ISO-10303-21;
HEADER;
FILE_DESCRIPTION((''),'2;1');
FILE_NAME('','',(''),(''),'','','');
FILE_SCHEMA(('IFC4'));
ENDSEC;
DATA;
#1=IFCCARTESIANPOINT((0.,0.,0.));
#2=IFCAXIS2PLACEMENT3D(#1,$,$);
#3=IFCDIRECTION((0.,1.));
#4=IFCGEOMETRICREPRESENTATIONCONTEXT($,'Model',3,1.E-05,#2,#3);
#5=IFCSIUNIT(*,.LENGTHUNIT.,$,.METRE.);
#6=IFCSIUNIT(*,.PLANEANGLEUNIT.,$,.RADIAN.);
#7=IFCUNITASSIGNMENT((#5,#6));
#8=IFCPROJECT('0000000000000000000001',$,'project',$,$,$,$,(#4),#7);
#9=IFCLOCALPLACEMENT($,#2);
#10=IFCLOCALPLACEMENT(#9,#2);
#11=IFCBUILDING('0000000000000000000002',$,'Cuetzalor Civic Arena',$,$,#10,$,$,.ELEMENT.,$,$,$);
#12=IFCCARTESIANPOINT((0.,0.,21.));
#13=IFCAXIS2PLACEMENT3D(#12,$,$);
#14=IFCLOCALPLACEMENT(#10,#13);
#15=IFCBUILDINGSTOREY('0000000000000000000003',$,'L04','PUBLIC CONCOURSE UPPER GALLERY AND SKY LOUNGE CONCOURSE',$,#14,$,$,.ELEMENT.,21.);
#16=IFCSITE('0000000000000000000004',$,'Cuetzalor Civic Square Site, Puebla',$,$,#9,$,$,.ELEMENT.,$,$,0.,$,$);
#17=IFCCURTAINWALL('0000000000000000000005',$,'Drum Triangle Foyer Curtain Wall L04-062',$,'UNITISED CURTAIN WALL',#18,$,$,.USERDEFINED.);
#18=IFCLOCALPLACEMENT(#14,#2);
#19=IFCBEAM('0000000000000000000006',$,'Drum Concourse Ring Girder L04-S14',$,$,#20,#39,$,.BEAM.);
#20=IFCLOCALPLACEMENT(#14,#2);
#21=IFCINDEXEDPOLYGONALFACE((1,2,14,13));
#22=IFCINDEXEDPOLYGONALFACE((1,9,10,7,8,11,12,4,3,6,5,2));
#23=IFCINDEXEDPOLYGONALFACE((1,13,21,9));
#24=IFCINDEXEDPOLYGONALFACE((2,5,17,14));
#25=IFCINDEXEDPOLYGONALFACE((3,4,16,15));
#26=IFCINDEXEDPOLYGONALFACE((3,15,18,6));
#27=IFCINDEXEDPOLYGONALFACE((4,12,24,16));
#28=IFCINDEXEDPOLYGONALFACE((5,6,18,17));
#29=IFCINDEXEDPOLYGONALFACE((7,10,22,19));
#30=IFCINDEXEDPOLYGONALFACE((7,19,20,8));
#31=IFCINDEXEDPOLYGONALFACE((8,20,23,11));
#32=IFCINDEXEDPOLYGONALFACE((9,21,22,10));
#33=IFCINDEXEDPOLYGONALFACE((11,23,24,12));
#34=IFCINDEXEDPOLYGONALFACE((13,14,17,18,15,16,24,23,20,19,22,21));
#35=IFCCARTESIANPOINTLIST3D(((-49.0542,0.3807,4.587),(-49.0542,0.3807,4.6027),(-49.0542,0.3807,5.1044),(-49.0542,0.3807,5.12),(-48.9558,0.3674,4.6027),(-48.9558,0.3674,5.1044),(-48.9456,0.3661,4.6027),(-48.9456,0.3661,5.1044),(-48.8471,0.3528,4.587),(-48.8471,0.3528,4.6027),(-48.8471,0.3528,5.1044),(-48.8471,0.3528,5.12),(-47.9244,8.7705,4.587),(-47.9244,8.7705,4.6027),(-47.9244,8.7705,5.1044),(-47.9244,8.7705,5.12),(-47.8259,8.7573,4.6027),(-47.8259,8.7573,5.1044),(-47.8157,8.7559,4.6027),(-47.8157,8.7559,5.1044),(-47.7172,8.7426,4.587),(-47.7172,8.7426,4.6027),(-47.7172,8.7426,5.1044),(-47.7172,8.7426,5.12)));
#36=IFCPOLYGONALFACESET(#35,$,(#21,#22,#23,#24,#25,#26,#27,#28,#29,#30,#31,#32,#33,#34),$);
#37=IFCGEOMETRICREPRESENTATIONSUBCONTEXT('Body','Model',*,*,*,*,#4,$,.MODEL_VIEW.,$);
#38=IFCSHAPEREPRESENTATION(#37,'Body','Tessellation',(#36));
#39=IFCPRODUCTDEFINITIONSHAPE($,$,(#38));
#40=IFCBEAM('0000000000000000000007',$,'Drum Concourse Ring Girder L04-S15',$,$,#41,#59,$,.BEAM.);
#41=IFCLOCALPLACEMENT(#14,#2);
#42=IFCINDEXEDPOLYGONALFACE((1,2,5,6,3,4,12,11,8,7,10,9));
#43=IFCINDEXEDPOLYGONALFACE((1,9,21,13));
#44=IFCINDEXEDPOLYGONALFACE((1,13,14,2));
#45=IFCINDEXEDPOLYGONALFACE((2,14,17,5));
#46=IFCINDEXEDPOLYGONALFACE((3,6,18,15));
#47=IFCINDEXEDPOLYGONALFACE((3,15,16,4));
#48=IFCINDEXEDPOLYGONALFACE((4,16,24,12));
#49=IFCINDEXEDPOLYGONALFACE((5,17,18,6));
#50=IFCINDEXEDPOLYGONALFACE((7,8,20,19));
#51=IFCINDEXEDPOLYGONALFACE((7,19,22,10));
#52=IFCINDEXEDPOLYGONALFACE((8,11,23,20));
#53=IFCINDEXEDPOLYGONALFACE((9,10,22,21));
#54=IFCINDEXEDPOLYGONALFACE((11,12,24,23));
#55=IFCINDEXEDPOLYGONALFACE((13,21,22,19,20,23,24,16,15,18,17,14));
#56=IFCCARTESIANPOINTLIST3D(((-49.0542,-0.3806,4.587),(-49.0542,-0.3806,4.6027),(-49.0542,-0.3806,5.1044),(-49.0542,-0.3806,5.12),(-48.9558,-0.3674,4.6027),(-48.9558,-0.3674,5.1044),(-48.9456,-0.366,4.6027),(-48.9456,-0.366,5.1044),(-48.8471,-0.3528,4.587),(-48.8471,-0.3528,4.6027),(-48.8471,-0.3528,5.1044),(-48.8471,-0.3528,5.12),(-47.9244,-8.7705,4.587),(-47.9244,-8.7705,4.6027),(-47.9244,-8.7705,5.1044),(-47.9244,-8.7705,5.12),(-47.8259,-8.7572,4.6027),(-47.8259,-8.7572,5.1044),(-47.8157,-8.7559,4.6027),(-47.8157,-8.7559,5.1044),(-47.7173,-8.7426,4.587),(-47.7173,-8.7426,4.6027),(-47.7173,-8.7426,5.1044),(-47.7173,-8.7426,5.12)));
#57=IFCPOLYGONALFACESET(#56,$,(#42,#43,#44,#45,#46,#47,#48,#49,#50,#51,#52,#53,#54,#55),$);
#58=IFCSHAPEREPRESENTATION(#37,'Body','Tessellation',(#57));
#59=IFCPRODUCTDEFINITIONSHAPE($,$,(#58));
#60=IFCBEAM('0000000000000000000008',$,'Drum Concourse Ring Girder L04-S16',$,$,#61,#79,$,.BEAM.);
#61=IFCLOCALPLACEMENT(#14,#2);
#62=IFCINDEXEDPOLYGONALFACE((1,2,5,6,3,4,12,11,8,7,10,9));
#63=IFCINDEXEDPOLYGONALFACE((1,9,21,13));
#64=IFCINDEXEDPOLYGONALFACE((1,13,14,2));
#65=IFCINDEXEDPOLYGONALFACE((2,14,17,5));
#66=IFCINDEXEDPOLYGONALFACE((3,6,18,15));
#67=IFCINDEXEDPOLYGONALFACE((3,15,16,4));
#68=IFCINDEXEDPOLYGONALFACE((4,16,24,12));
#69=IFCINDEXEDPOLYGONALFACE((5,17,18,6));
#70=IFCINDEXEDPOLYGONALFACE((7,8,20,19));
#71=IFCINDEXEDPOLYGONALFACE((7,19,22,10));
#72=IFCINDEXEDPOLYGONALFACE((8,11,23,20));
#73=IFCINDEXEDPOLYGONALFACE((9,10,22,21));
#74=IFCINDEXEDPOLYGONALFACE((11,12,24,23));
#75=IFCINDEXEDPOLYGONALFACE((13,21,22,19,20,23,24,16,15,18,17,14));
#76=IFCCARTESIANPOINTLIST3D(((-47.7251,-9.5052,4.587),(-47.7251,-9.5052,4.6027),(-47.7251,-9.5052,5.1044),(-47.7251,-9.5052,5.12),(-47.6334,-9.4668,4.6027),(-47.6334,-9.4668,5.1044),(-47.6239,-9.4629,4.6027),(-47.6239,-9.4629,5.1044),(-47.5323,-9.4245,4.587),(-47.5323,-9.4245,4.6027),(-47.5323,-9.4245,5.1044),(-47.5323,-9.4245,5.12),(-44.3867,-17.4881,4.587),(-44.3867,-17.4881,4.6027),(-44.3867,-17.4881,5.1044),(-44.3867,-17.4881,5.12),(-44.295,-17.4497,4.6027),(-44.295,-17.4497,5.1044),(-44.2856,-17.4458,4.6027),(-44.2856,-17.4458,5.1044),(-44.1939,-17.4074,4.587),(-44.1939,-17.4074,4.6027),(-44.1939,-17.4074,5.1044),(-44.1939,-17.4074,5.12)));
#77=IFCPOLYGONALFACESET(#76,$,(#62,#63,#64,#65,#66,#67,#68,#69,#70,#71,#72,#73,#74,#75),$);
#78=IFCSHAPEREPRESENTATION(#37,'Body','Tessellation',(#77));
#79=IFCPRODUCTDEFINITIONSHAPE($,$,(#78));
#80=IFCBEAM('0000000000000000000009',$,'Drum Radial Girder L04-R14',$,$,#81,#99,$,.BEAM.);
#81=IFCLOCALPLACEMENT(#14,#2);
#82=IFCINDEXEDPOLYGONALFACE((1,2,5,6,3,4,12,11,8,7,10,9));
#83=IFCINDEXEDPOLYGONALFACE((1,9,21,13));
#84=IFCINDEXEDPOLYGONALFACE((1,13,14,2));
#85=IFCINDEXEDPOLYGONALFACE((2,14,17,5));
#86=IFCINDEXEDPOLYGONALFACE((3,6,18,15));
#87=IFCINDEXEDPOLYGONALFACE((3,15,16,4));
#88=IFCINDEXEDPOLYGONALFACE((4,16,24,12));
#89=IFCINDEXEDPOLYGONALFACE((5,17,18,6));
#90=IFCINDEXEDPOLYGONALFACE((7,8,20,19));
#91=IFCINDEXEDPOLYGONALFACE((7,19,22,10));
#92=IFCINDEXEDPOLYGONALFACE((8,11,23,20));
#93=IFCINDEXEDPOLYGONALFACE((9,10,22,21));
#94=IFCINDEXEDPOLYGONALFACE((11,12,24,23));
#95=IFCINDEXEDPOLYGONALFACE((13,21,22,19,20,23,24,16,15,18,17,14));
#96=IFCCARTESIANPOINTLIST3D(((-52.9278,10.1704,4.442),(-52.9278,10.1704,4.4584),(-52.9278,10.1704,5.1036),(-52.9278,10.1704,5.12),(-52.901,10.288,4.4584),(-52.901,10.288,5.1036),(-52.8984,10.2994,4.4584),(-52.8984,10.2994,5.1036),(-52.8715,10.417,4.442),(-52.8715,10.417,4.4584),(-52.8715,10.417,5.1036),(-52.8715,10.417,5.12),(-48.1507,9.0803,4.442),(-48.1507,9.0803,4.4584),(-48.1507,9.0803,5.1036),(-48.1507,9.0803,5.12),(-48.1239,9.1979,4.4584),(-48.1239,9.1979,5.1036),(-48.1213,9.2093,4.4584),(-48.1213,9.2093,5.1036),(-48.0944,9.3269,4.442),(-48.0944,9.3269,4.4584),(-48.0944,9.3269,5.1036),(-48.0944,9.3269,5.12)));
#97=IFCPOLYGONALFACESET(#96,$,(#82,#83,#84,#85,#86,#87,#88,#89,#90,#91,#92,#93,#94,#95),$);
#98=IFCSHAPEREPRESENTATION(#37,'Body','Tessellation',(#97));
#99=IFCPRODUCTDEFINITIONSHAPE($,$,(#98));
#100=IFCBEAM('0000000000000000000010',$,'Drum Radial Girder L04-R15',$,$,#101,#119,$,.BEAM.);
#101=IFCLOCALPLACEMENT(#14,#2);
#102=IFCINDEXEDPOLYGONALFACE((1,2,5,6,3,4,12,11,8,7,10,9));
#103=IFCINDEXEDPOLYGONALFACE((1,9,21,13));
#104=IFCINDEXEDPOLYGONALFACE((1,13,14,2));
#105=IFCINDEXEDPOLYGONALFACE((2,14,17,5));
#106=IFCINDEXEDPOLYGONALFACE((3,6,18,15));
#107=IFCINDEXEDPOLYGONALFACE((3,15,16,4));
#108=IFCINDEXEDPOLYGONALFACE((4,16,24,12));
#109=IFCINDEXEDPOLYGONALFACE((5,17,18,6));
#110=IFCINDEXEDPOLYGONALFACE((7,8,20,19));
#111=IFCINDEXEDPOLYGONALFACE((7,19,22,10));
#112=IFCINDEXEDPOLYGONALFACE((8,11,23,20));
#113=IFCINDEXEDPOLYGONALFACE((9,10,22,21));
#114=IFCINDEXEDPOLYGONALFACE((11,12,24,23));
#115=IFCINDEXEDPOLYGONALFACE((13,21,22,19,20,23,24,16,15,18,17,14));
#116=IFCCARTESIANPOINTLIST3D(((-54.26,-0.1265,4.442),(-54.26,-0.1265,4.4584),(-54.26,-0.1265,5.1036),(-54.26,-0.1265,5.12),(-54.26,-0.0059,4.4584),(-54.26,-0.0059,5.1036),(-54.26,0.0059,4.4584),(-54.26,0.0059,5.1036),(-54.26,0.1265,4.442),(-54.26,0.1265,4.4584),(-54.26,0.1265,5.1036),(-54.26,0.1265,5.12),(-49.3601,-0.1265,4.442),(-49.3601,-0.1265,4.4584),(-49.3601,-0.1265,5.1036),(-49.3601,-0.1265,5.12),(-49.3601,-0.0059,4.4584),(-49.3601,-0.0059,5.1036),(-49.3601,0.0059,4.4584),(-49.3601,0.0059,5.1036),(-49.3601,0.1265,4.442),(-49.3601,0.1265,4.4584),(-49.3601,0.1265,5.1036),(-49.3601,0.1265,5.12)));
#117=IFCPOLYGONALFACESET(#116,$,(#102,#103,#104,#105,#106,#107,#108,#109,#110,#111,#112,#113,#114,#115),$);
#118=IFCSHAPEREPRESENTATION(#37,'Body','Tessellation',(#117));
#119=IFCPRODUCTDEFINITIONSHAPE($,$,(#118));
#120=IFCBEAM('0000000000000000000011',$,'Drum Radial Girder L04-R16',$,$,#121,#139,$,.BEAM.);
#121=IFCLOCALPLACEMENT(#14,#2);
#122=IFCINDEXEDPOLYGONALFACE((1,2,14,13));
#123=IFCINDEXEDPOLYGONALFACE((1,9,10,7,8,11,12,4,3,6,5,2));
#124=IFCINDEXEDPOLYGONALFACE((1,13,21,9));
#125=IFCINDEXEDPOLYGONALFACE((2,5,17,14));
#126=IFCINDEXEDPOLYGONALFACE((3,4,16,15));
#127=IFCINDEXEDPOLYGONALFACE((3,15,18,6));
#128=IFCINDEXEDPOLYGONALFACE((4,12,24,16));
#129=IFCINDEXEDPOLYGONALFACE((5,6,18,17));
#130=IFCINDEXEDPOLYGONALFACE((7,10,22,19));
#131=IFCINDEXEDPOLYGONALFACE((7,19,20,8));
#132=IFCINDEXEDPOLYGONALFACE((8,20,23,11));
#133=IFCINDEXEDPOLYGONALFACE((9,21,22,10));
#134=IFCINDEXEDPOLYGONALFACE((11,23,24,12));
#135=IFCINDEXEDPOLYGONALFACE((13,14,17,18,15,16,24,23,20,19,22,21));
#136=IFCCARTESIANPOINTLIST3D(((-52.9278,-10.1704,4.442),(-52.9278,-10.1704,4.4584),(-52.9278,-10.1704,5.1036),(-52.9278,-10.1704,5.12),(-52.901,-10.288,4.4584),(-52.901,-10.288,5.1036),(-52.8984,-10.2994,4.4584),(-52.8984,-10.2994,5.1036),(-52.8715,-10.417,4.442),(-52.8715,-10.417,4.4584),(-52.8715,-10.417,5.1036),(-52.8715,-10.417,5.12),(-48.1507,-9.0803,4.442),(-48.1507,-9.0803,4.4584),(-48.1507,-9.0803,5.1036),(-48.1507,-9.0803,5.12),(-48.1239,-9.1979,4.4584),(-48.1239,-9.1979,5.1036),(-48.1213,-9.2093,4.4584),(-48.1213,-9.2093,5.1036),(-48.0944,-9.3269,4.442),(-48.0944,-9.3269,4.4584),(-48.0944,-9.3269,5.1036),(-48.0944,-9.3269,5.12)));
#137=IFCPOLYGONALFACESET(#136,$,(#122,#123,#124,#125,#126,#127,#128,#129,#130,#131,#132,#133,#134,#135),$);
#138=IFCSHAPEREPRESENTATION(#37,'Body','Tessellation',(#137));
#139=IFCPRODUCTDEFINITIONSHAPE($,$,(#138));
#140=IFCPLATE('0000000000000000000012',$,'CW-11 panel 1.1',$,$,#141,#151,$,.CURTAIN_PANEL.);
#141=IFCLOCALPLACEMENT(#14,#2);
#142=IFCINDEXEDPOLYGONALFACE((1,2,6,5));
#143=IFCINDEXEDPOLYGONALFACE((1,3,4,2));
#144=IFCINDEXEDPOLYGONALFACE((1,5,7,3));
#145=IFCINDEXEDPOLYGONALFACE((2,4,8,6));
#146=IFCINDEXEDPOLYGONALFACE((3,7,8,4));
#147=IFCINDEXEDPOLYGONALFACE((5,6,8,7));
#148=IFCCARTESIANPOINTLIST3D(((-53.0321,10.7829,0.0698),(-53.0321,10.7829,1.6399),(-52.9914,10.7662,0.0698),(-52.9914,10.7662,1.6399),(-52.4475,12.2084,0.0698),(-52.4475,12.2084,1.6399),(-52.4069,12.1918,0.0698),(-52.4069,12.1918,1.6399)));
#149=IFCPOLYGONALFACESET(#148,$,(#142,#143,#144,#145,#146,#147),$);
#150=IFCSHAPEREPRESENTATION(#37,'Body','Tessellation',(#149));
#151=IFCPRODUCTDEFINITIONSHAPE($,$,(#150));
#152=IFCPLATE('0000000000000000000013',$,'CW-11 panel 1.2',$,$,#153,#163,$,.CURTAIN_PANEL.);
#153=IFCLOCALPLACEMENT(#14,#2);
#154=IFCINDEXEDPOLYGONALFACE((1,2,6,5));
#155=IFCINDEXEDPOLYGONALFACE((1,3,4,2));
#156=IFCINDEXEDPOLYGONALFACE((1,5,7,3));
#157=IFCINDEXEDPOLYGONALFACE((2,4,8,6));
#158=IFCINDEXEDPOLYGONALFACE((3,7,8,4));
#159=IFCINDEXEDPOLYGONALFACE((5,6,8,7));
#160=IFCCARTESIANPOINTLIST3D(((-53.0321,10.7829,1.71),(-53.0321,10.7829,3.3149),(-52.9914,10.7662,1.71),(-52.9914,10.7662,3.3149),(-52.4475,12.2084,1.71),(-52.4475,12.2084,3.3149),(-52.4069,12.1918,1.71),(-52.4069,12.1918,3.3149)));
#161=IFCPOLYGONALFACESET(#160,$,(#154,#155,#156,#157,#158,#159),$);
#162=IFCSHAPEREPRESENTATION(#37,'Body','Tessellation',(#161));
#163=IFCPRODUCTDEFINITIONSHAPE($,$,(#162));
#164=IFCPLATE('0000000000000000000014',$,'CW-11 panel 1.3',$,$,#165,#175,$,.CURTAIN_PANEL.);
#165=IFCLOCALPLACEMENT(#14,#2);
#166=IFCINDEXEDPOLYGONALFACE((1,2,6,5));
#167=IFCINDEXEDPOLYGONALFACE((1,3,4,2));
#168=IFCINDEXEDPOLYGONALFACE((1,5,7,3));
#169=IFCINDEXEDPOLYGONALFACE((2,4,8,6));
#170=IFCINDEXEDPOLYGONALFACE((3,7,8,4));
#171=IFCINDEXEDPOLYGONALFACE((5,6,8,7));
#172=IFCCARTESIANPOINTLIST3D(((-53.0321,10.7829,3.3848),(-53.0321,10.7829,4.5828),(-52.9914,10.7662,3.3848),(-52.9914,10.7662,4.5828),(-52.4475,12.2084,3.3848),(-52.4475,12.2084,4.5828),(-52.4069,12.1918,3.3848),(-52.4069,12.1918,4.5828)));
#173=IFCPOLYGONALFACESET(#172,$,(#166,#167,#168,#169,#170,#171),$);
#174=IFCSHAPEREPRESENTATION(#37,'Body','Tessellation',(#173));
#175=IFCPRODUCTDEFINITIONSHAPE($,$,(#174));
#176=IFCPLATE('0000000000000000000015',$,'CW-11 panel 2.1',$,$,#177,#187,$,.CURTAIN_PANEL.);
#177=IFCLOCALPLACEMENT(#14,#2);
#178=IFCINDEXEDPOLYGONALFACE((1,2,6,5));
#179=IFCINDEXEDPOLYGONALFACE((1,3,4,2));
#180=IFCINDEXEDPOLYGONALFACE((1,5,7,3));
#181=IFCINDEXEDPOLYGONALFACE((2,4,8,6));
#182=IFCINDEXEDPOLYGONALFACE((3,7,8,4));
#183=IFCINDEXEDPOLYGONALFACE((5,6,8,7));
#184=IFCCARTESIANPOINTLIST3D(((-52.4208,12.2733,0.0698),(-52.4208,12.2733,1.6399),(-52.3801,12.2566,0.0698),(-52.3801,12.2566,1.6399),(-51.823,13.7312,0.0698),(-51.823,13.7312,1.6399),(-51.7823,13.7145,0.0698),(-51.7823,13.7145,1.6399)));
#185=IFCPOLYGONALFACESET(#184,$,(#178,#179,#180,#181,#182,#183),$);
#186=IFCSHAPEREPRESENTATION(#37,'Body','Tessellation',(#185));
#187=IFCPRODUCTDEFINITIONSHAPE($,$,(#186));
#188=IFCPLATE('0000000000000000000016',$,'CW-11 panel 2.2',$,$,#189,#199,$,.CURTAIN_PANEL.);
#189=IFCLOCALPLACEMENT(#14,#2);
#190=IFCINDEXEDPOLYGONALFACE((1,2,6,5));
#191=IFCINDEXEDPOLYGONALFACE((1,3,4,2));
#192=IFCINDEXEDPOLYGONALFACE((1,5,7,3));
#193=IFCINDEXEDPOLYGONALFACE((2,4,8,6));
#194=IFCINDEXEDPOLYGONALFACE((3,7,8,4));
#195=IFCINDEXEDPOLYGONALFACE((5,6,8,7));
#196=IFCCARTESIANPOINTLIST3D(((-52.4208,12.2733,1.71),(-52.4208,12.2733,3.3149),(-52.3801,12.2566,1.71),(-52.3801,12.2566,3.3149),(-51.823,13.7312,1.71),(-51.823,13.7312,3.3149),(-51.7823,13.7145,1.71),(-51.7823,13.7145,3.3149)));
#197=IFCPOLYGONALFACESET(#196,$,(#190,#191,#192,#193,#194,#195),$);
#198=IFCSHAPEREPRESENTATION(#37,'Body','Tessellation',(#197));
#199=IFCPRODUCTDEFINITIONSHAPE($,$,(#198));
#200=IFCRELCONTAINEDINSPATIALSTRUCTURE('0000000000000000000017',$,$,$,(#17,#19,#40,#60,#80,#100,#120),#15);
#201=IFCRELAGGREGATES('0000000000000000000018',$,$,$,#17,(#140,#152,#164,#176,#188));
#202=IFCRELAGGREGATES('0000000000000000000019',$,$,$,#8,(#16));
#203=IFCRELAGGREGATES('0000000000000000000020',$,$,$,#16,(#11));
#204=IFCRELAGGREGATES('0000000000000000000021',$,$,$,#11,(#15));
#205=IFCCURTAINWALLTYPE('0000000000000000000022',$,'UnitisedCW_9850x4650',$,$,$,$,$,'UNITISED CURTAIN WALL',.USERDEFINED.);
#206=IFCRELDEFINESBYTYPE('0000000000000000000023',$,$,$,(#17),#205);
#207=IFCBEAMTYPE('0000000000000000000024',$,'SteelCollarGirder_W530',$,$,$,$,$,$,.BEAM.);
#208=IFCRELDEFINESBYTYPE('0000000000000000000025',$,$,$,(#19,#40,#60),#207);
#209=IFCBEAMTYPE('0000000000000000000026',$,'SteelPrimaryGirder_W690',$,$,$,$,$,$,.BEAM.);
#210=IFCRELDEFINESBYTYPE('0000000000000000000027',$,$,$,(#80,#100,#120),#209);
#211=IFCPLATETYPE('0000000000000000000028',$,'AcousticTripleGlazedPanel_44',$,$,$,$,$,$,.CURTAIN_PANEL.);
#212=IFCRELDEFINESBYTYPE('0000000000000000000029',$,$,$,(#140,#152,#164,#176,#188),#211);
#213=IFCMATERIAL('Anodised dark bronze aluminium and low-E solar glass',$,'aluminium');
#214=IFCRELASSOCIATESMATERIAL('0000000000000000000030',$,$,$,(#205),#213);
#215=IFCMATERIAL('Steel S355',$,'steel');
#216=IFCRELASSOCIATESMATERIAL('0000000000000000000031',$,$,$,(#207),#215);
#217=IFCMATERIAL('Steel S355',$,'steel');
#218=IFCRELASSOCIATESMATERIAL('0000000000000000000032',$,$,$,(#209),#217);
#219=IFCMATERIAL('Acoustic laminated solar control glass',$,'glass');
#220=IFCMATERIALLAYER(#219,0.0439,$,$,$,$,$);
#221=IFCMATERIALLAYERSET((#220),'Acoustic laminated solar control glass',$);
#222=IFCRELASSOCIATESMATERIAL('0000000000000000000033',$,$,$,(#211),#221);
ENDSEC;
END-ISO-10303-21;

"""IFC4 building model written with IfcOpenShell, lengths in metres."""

from ifc_helpers import new_model, si_unit, direction, frame, origin, origin_2d, place, context, subcontext, project, spatial, rectangle, i_section, extrude, material, layer, layer_set, material_profile, profile_set, type_object, element, aggregate, save


model = new_model("IFC4")

# Units and contexts
model_context = context("Model", 3, precision=1e-05, world=origin(), true_north=direction((0.0, 1.0)))
body_context = subcontext(model_context, "Body", "Model", "MODEL_VIEW")
ifc_project = project(units=[si_unit("LENGTHUNIT", "METRE"), si_unit("PLANEANGLEUNIT", "RADIAN")], contexts=[model_context])

# Site, building, storey
site_placement = place(None, origin())
site = spatial("IfcSite", under=ifc_project, at=site_placement, Name="Cuetzalor Civic Square Site, Puebla", CompositionType="ELEMENT", RefElevation=0.0)
building_placement = place(site_placement, origin())
building = spatial("IfcBuilding", under=site, at=building_placement, Name="Cuetzalor Civic Arena", CompositionType="ELEMENT")
storey_placement = place(building_placement, frame((0.0, 0.0, 21.0)))
storey = spatial("IfcBuildingStorey", under=building, at=storey_placement, Name="L04", Description="PUBLIC CONCOURSE UPPER GALLERY AND SKY LOUNGE CONCOURSE", CompositionType="ELEMENT", Elevation=21.0)

# Curtain wall
ifc_material_1 = material(Name="Anodised dark bronze aluminium and low-E solar glass", Category="aluminium")
curtain_wall_type = type_object("IfcCurtainWallType", Name="UnitisedCW_9850x4650", ElementType="UNITISED CURTAIN WALL", PredefinedType="USERDEFINED", material=ifc_material_1)
curtain_wall_placement = place(storey_placement, origin())
curtain_wall = element("IfcCurtainWall", 1, at=curtain_wall_placement, inside=storey, type_object=curtain_wall_type, Name="Drum Triangle Foyer Curtain Wall L04-062", ObjectType="UNITISED CURTAIN WALL", PredefinedType="USERDEFINED")

# Beams
ifc_material_2 = material(Name="Steel S355", Category="steel")
ifc_material_profile_1 = material_profile(ifc_material_2, i_section(OverallWidth=0.209, OverallDepth=0.533, WebThickness=0.0103, FlangeThickness=0.0156, at=origin_2d()), Name="W530x92")
ifc_profile_set_1 = profile_set([ifc_material_profile_1], Name="Steel S355")
beam_type_1 = type_object("IfcBeamType", Name="SteelCollarGirder_W530", PredefinedType="BEAM", material=ifc_profile_set_1)
for number, where, z_axis, x_axis, name in (
    (2, (-47.8208, 8.7566, 4.8535), (-0.133467, -0.991053, 0.0), (0.991053, -0.133467, 0.0), "Drum Concourse Ring Girder L04-S14"),
    (3, (-48.9507, -0.3667, 4.8535), (0.133467, -0.991053, 0.0), (0.991053, 0.133467, 0.0), "Drum Concourse Ring Girder L04-S15"),
):
    element("IfcBeam", number, at=place(storey_placement, frame(where, z_axis=z_axis, x_axis=x_axis)), inside=storey, type_object=beam_type_1, Name=name, PredefinedType="BEAM", context=body_context, shape_type="SweptSolid", body=[
        extrude(i_section(OverallWidth=0.209, OverallDepth=0.533, WebThickness=0.0103, FlangeThickness=0.0156, at=origin_2d()), origin(), (0.0, 0.0, 1.0), 8.4656),
    ])
beam_placement = place(storey_placement, frame((-47.6287, -9.4648, 4.8535), z_axis=(0.385813, -0.922577, 0.0), x_axis=(0.922577, 0.385813, 0.0)))
element("IfcBeam", 4, at=beam_placement, inside=storey, type_object=beam_type_1, Name="Drum Concourse Ring Girder L04-S16", PredefinedType="BEAM", context=body_context, shape_type="SweptSolid", body=[
    extrude(i_section(OverallWidth=0.209, OverallDepth=0.533, WebThickness=0.0103, FlangeThickness=0.0156, at=origin_2d()), origin(), (0.0, 0.0, 1.0), 8.6528),
])
ifc_material_3 = material(Name="Steel S355", Category="steel")
ifc_material_profile_2 = material_profile(ifc_material_3, i_section(OverallWidth=0.2529, OverallDepth=0.678, WebThickness=0.0117, FlangeThickness=0.0164, at=origin_2d()), Name="W690x125")
ifc_profile_set_2 = profile_set([ifc_material_profile_2], Name="Steel S355")
beam_type_2 = type_object("IfcBeamType", Name="SteelPrimaryGirder_W690", PredefinedType="BEAM", material=ifc_profile_set_2)
for number, where, z_axis, x_axis, name in (
    (5, (-48.1226, 9.2036, 4.781), (-0.974939, 0.222472, 0.0), (-0.222472, -0.974939, 0.0), "Drum Radial Girder L04-R14"),
    (6, (-49.3601, 0.0, 4.781), (-1.0, 0.0, 0.0), (0.0, -1.0, 0.0), "Drum Radial Girder L04-R15"),
    (7, (-48.1226, -9.2036, 4.781), (-0.974939, -0.222472, 0.0), (0.222472, -0.974939, 0.0), "Drum Radial Girder L04-R16"),
):
    element("IfcBeam", number, at=place(storey_placement, frame(where, z_axis=z_axis, x_axis=x_axis)), inside=storey, type_object=beam_type_2, Name=name, PredefinedType="BEAM", context=body_context, shape_type="SweptSolid", body=[
        extrude(i_section(OverallWidth=0.2529, OverallDepth=0.678, WebThickness=0.0117, FlangeThickness=0.0164, at=origin_2d()), origin(), (0.0, 0.0, 1.0), 4.8999),
    ])

# Plates
ifc_material_4 = material(Name="Acoustic laminated solar control glass", Category="glass")
ifc_layer = layer(ifc_material_4, 0.0439)
ifc_layer_set = layer_set([ifc_layer], Name="Acoustic laminated solar control glass")
plate_type = type_object("IfcPlateType", Name="AcousticTripleGlazedPanel_44", PredefinedType="CURTAIN_PANEL", material=ifc_layer_set)
plate_1_placement = place(storey_placement, frame((-52.7195, 11.4873, 0.0698), z_axis=(0.0, 0.0, 1.0), x_axis=(0.379391, 0.925236, 0.0)))
plate_1 = element("IfcPlate", 8, at=plate_1_placement, type_object=plate_type, Name="CW-11 panel 1.1", PredefinedType="CURTAIN_PANEL", context=body_context, shape_type="SweptSolid", body=[
    extrude(rectangle(XDim=1.5408, YDim=0.0439, at=origin_2d()), origin(), (0.0, 0.0, 1.0), 1.5701),
])
plate_2_placement = place(storey_placement, frame((-52.7195, 11.4873, 1.71), z_axis=(0.0, 0.0, 1.0), x_axis=(0.379391, 0.925236, 0.0)))
plate_2 = element("IfcPlate", 9, at=plate_2_placement, type_object=plate_type, Name="CW-11 panel 1.2", PredefinedType="CURTAIN_PANEL", context=body_context, shape_type="SweptSolid", body=[
    extrude(rectangle(XDim=1.5408, YDim=0.0439, at=origin_2d()), origin(), (0.0, 0.0, 1.0), 1.605),
])
plate_3_placement = place(storey_placement, frame((-52.7195, 11.4873, 3.3848), z_axis=(0.0, 0.0, 1.0), x_axis=(0.379391, 0.925236, 0.0)))
plate_3 = element("IfcPlate", 10, at=plate_3_placement, type_object=plate_type, Name="CW-11 panel 1.3", PredefinedType="CURTAIN_PANEL", context=body_context, shape_type="SweptSolid", body=[
    extrude(rectangle(XDim=1.5408, YDim=0.0439, at=origin_2d()), origin(), (0.0, 0.0, 1.0), 1.198),
])
plate_4_placement = place(storey_placement, frame((-52.1016, 12.9939, 0.0698), z_axis=(0.0, 0.0, 1.0), x_axis=(0.379391, 0.925236, 0.0)))
plate_4 = element("IfcPlate", 11, at=plate_4_placement, type_object=plate_type, Name="CW-11 panel 2.1", PredefinedType="CURTAIN_PANEL", context=body_context, shape_type="SweptSolid", body=[
    extrude(rectangle(XDim=1.5757, YDim=0.0439, at=origin_2d()), origin(), (0.0, 0.0, 1.0), 1.5701),
])
plate_5_placement = place(storey_placement, frame((-52.1016, 12.9939, 1.71), z_axis=(0.0, 0.0, 1.0), x_axis=(0.379391, 0.925236, 0.0)))
plate_5 = element("IfcPlate", 12, at=plate_5_placement, type_object=plate_type, Name="CW-11 panel 2.2", PredefinedType="CURTAIN_PANEL", context=body_context, shape_type="SweptSolid", body=[
    extrude(rectangle(XDim=1.5757, YDim=0.0439, at=origin_2d()), origin(), (0.0, 0.0, 1.0), 1.605),
])
aggregate(curtain_wall, [plate_1, plate_2, plate_3, plate_4, plate_5])

save(model, "model.ifc")
